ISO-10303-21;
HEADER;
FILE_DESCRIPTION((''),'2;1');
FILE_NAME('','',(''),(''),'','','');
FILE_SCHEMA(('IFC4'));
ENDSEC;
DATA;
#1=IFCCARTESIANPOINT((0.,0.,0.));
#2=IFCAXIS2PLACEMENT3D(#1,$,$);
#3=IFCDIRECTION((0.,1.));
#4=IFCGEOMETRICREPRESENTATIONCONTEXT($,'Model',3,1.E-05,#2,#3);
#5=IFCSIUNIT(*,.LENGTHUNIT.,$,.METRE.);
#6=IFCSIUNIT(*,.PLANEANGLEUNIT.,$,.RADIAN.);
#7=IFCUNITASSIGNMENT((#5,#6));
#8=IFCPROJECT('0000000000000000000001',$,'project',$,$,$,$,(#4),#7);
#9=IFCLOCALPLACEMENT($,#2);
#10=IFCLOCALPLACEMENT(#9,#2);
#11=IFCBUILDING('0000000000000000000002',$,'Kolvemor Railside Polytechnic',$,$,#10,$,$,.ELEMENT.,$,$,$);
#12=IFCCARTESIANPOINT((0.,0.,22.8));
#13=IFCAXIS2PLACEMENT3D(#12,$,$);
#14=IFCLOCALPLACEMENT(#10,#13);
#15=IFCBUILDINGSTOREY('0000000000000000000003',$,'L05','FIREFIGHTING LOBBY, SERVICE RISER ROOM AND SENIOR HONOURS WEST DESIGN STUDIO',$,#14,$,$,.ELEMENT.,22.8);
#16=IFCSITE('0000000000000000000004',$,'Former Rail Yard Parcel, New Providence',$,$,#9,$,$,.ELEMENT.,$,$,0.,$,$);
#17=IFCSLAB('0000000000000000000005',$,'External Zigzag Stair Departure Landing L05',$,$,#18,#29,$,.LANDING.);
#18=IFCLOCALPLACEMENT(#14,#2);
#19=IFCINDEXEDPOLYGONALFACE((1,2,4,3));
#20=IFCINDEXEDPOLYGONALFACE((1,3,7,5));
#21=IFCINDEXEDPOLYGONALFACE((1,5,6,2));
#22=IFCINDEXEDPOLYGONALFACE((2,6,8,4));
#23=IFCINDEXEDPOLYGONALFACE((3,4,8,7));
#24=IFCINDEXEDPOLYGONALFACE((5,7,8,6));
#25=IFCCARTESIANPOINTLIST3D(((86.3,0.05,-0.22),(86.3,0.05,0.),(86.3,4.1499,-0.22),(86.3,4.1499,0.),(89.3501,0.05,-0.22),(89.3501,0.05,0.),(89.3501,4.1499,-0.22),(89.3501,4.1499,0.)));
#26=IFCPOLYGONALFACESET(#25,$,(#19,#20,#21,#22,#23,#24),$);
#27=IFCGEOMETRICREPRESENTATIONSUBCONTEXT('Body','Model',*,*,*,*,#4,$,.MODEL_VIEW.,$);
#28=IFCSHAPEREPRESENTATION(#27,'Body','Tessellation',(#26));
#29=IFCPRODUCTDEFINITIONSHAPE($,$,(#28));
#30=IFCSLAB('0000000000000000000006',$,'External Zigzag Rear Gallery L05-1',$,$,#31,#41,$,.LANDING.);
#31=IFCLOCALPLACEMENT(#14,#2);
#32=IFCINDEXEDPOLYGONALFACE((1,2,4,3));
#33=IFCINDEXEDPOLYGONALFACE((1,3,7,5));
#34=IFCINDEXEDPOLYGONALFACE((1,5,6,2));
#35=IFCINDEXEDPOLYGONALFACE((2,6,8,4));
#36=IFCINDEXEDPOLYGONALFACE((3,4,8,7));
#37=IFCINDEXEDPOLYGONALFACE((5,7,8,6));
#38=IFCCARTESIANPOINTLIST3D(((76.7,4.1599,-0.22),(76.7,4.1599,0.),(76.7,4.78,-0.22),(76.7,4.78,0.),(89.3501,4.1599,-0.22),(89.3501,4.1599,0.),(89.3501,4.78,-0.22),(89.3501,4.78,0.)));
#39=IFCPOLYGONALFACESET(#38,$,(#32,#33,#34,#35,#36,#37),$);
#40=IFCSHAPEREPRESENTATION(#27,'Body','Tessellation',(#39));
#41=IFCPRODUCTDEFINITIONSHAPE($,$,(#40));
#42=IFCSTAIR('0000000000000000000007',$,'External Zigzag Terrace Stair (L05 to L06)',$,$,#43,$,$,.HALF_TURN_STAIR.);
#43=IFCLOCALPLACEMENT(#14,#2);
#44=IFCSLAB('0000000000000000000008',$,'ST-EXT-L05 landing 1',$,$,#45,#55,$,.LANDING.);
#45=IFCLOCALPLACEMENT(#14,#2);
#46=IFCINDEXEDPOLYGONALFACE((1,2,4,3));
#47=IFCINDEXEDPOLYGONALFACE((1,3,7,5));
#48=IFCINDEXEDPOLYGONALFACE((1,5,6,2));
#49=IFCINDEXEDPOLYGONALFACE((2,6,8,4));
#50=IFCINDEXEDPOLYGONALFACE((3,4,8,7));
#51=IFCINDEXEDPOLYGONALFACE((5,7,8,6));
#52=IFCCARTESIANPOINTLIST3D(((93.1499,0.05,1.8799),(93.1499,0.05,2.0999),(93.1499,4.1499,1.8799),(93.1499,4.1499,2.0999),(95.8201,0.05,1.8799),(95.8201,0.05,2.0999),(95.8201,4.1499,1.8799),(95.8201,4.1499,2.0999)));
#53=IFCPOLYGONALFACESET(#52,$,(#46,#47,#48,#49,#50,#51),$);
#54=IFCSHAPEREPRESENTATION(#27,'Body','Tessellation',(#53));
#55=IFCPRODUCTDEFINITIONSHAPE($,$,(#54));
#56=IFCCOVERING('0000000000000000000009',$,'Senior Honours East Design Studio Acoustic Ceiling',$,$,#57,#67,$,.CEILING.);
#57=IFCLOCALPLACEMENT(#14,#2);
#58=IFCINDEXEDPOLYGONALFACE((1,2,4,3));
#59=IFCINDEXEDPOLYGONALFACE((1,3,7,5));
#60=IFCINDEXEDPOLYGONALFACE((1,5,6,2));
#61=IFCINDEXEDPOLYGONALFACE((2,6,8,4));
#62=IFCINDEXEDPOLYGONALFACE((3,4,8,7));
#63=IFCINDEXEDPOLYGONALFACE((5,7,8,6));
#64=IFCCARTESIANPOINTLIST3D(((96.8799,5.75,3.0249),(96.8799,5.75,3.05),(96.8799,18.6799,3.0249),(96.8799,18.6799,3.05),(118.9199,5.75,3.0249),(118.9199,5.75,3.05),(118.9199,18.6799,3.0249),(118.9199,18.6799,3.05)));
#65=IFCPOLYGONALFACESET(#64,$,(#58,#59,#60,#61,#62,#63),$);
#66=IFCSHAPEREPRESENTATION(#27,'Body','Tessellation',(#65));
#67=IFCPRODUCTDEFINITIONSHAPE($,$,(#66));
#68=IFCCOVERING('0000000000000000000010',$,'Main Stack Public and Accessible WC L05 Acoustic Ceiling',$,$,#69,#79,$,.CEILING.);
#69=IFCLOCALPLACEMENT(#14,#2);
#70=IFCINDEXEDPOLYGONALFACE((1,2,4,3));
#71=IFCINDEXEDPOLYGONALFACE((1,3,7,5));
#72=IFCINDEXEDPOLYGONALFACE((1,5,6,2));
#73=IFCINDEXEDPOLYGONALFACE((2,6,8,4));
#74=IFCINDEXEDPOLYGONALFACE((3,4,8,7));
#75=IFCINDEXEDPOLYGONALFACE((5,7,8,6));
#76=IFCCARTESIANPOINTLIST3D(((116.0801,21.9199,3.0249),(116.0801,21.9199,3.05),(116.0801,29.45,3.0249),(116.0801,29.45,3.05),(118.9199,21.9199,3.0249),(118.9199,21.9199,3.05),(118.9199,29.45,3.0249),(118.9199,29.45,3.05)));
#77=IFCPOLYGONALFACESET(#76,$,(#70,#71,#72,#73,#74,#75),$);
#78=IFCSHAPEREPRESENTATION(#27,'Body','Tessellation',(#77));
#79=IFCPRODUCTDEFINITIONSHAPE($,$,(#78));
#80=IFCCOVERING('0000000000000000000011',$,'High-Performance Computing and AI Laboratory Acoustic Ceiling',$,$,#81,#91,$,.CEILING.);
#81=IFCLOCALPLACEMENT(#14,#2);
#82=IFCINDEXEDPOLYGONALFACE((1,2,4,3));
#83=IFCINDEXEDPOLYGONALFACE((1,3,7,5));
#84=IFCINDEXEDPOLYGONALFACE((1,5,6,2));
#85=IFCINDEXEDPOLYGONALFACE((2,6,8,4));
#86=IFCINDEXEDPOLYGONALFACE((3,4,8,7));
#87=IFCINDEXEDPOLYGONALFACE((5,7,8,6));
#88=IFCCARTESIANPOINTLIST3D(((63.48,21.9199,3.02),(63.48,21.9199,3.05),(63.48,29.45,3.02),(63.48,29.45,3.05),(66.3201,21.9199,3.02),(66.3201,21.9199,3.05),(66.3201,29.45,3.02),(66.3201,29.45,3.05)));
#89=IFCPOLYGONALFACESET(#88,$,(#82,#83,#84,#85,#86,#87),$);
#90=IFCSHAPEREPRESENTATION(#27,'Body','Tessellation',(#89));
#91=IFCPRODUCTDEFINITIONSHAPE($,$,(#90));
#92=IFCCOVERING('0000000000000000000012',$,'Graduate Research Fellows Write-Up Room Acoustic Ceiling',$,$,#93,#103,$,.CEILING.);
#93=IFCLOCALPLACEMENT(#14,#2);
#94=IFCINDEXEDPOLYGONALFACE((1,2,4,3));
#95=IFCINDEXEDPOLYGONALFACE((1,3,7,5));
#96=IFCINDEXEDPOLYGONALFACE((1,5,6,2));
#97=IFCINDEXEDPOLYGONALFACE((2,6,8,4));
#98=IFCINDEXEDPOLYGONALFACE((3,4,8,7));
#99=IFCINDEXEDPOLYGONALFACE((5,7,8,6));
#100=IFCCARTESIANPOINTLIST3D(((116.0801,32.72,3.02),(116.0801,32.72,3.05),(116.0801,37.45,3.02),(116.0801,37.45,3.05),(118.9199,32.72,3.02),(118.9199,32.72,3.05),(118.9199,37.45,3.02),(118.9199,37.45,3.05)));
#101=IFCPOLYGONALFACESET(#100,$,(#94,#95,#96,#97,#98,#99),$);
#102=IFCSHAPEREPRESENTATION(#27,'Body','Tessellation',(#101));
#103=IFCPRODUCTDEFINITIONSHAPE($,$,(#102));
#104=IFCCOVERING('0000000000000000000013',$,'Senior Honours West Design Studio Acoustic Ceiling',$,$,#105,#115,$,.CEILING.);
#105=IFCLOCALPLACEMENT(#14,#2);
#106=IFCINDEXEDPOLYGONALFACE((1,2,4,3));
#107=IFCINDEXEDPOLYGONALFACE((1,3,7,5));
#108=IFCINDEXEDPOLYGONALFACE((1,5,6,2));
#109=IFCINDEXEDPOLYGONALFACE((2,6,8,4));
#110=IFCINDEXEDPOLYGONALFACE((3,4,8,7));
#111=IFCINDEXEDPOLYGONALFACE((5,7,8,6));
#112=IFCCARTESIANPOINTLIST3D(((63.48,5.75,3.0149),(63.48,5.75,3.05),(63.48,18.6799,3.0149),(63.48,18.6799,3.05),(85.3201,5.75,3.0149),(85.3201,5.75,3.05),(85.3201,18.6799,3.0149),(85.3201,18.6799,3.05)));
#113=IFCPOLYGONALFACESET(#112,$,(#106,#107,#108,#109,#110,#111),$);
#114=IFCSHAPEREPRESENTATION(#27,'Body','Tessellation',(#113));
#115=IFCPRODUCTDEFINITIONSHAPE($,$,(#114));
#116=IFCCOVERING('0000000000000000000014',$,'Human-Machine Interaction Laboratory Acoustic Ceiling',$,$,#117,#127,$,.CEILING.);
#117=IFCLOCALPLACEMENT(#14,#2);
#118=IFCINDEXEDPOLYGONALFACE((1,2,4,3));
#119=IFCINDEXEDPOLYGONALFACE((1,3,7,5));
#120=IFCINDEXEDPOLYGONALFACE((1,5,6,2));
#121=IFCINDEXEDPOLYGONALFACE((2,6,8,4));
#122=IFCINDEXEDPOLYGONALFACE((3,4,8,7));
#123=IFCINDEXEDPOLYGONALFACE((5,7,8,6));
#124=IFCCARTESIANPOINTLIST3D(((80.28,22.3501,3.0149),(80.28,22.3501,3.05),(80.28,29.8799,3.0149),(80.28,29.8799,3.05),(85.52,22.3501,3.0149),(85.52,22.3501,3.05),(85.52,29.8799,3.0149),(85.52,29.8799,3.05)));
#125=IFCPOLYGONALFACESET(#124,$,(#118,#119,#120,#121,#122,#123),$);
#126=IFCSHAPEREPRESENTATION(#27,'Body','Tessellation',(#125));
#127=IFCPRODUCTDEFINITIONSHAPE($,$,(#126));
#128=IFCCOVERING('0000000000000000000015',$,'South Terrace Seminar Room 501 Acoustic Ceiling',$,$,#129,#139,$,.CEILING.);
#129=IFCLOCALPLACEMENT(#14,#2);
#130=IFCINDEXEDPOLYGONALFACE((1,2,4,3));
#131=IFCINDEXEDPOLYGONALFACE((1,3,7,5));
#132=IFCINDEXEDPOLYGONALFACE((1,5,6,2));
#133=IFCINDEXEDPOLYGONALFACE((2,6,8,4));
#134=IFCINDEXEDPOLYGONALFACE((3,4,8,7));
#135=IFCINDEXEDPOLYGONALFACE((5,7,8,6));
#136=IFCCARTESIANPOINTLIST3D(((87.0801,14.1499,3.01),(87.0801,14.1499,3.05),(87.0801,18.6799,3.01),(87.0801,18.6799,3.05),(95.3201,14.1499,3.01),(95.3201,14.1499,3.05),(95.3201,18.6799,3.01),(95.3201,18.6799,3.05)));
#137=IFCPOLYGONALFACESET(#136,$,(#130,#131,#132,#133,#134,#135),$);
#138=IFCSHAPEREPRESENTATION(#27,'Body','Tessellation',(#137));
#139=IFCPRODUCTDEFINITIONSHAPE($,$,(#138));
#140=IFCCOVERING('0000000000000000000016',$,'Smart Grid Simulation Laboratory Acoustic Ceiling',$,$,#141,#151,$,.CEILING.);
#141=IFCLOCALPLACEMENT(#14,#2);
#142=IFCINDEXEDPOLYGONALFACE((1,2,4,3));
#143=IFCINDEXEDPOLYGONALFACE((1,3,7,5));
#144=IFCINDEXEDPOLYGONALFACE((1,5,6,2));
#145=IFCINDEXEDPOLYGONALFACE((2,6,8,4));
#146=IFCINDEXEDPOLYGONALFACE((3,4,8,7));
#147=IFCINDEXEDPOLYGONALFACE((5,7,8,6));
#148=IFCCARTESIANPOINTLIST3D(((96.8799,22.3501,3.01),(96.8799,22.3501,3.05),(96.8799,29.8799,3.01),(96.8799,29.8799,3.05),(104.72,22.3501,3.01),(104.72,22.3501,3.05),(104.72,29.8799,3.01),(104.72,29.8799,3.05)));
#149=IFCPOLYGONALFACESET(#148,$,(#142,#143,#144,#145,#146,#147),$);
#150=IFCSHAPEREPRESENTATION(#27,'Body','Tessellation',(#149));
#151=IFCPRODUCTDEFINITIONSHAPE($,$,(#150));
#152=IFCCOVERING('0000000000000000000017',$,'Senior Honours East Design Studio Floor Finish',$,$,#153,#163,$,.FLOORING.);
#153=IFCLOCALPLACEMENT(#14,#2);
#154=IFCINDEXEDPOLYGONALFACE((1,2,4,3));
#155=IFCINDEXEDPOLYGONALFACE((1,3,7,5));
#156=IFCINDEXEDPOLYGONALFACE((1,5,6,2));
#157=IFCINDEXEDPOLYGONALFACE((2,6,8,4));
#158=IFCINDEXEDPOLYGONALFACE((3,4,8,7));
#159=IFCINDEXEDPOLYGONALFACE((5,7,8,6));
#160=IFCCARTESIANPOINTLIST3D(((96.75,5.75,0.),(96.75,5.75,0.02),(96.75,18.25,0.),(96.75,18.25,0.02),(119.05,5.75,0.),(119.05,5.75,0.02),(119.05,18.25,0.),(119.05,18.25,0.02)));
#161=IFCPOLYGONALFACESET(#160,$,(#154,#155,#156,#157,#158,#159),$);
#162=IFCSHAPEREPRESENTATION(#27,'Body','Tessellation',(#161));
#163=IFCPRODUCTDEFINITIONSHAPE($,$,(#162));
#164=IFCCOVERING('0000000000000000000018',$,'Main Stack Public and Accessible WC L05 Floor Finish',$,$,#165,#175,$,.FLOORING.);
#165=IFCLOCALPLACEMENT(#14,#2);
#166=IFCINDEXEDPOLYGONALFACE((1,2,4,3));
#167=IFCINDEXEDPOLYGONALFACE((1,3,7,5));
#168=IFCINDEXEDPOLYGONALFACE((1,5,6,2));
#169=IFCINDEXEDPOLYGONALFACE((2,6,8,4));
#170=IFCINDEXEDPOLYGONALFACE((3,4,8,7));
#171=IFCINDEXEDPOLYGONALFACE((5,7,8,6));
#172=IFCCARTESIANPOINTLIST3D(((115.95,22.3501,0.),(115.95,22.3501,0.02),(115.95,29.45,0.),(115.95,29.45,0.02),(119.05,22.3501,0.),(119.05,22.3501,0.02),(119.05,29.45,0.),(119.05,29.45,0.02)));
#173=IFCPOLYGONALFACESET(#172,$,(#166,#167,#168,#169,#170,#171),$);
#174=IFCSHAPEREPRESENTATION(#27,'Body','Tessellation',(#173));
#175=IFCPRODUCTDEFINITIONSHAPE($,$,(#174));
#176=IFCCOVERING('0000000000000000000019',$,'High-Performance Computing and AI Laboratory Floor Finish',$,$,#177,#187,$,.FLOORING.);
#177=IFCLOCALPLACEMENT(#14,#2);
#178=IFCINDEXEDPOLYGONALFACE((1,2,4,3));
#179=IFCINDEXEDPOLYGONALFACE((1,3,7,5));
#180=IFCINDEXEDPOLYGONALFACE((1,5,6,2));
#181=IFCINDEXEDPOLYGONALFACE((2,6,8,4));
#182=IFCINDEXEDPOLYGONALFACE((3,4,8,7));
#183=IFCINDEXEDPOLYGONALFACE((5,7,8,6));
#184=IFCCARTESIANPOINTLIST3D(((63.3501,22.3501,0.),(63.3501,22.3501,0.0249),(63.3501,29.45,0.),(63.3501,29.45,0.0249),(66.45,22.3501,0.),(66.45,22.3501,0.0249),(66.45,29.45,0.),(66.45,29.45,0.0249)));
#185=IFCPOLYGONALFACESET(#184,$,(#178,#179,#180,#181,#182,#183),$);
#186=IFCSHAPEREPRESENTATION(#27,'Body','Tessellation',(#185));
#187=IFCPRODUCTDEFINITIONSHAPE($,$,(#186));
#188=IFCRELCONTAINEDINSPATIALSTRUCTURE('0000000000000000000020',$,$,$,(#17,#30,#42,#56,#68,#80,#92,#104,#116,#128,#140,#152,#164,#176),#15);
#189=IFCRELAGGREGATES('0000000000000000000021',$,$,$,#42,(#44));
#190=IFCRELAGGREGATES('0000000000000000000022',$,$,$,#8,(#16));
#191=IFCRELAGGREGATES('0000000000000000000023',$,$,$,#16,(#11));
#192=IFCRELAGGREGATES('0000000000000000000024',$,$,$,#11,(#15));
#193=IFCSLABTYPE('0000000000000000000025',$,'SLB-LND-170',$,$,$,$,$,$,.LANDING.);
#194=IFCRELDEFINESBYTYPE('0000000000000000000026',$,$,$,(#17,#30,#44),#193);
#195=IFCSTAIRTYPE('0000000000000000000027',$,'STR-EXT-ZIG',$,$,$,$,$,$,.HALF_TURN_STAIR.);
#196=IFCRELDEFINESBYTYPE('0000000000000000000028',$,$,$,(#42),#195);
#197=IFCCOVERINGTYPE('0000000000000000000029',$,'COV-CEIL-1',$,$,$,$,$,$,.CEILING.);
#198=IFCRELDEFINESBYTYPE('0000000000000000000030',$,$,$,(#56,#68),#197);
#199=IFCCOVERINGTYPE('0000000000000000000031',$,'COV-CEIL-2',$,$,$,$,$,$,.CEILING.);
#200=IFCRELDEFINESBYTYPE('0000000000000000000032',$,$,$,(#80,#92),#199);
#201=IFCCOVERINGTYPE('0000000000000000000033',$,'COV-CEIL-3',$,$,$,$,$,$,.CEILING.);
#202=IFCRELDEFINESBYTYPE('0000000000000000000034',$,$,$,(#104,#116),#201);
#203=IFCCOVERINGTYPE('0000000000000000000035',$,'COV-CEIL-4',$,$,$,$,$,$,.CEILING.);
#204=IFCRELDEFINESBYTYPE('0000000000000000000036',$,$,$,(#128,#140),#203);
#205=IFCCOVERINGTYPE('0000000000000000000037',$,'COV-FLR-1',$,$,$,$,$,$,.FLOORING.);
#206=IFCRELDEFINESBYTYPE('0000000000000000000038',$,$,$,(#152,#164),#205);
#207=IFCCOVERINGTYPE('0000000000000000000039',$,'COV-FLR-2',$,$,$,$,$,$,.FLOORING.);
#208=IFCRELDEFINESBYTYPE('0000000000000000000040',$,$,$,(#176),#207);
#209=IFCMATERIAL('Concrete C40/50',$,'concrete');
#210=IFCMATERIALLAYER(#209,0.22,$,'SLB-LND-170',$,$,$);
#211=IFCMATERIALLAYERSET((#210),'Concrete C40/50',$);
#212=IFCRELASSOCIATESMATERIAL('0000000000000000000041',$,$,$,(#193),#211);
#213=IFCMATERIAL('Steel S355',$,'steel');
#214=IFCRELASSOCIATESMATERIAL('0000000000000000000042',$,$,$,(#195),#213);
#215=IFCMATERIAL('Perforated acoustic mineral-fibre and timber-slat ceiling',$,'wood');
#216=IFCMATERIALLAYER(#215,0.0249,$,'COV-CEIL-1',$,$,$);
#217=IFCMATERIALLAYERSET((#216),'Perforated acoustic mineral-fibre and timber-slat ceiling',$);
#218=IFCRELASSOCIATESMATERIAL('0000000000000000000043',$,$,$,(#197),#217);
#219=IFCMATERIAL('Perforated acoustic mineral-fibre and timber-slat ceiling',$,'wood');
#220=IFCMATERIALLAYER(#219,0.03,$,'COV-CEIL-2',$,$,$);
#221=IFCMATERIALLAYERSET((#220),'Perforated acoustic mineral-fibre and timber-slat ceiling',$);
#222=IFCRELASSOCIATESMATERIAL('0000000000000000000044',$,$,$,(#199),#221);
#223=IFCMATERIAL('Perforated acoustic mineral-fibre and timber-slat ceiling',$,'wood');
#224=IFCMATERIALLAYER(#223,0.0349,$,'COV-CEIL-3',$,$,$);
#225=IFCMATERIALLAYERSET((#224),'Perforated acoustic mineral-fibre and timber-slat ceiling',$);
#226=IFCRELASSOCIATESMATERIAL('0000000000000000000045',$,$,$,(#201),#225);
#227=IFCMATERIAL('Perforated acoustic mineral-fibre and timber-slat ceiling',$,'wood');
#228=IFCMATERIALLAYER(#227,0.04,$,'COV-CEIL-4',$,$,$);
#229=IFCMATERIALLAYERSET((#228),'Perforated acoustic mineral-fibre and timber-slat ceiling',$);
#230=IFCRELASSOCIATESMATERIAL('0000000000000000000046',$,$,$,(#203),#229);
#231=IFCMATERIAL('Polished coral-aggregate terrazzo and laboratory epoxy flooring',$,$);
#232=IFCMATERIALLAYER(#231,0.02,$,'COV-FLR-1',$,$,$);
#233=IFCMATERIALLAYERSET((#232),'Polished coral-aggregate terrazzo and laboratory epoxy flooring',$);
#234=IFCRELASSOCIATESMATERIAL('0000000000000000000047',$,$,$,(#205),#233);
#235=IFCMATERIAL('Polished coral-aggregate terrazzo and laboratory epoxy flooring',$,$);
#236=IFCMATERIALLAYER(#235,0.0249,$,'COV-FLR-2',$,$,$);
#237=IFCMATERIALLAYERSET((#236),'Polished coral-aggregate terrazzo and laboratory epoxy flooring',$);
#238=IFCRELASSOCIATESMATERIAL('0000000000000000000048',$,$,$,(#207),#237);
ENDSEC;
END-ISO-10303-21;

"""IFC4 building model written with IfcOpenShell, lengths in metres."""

from ifc_helpers import new_model, si_unit, direction, frame, origin, place, context, subcontext, project, spatial, polyline, outline, extrude, material, layer, layer_set, type_object, element, aggregate, save


model = new_model("IFC4")

# Units and contexts
model_context = context("Model", 3, precision=1e-05, world=origin(), true_north=direction((0.0, 1.0)))
body_context = subcontext(model_context, "Body", "Model", "MODEL_VIEW")
ifc_project = project(units=[si_unit("LENGTHUNIT", "METRE"), si_unit("PLANEANGLEUNIT", "RADIAN")], contexts=[model_context])

# Site, building, storey
site_placement = place(None, origin())
site = spatial("IfcSite", under=ifc_project, at=site_placement, Name="Former Rail Yard Parcel, New Providence", CompositionType="ELEMENT", RefElevation=0.0)
building_placement = place(site_placement, origin())
building = spatial("IfcBuilding", under=site, at=building_placement, Name="Kolvemor Railside Polytechnic", CompositionType="ELEMENT")
storey_placement = place(building_placement, frame((0.0, 0.0, 22.8)))
storey = spatial("IfcBuildingStorey", under=building, at=storey_placement, Name="L05", Description="FIREFIGHTING LOBBY, SERVICE RISER ROOM AND SENIOR HONOURS WEST DESIGN STUDIO", CompositionType="ELEMENT", Elevation=22.8)

# Slabs
ifc_material_1 = material(Name="Concrete C40/50", Category="concrete")
ifc_layer_1 = layer(ifc_material_1, 0.22, Name="SLB-LND-170")
ifc_layer_set_1 = layer_set([ifc_layer_1], Name="Concrete C40/50")
slab_type = type_object("IfcSlabType", Name="SLB-LND-170", PredefinedType="LANDING", material=ifc_layer_set_1)
slab_1_placement = place(storey_placement, frame((0.0, 0.0, -0.22)))
element("IfcSlab", 1, at=slab_1_placement, inside=storey, type_object=slab_type, Name="External Zigzag Stair Departure Landing L05", PredefinedType="LANDING", context=body_context, shape_type="SweptSolid", body=[
    extrude(outline(polyline([(86.3, 0.05), (89.3501, 0.05), (89.3501, 4.1499), (86.3, 4.1499), (86.3, 0.05)])), origin(), (0.0, 0.0, 1.0), 0.22),
])
slab_2_placement = place(storey_placement, frame((0.0, 0.0, -0.22)))
element("IfcSlab", 2, at=slab_2_placement, inside=storey, type_object=slab_type, Name="External Zigzag Rear Gallery L05-1", PredefinedType="LANDING", context=body_context, shape_type="SweptSolid", body=[
    extrude(outline(polyline([(76.7, 4.1599), (89.3501, 4.1599), (89.3501, 4.78), (76.7, 4.78), (76.7, 4.1599)])), origin(), (0.0, 0.0, 1.0), 0.22),
])

# Stair, slab
ifc_material_2 = material(Name="Steel S355", Category="steel")
stair_type = type_object("IfcStairType", Name="STR-EXT-ZIG", PredefinedType="HALF_TURN_STAIR", material=ifc_material_2)
stair_placement = place(storey_placement, origin())
stair = element("IfcStair", 3, at=stair_placement, inside=storey, type_object=stair_type, Name="External Zigzag Terrace Stair (L05 to L06)", PredefinedType="HALF_TURN_STAIR")
slab_3_placement = place(storey_placement, frame((0.0, 0.0, 1.8799)))
slab_3 = element("IfcSlab", 4, at=slab_3_placement, type_object=slab_type, Name="ST-EXT-L05 landing 1", PredefinedType="LANDING", context=body_context, shape_type="SweptSolid", body=[
    extrude(outline(polyline([(93.1499, 0.05), (95.8201, 0.05), (95.8201, 4.1499), (93.1499, 4.1499), (93.1499, 0.05)])), origin(), (0.0, 0.0, 1.0), 0.22),
])
aggregate(stair, [slab_3])

# Coverings
ifc_material_3 = material(Name="Perforated acoustic mineral-fibre and timber-slat ceiling", Category="wood")
ifc_layer_2 = layer(ifc_material_3, 0.0249, Name="COV-CEIL-1")
ifc_layer_set_2 = layer_set([ifc_layer_2], Name="Perforated acoustic mineral-fibre and timber-slat ceiling")
covering_type_1 = type_object("IfcCoveringType", Name="COV-CEIL-1", PredefinedType="CEILING", material=ifc_layer_set_2)
covering_1_placement = place(storey_placement, frame((0.0, 0.0, 3.0249)))
element("IfcCovering", 5, at=covering_1_placement, inside=storey, type_object=covering_type_1, Name="Senior Honours East Design Studio Acoustic Ceiling", PredefinedType="CEILING", context=body_context, shape_type="SweptSolid", body=[
    extrude(outline(polyline([(96.8799, 5.75), (118.9199, 5.75), (118.9199, 18.6799), (96.8799, 18.6799), (96.8799, 5.75)])), origin(), (0.0, 0.0, 1.0), 0.0251),
])
covering_2_placement = place(storey_placement, frame((0.0, 0.0, 3.0249)))
element("IfcCovering", 6, at=covering_2_placement, inside=storey, type_object=covering_type_1, Name="Main Stack Public and Accessible WC L05 Acoustic Ceiling", PredefinedType="CEILING", context=body_context, shape_type="SweptSolid", body=[
    extrude(outline(polyline([(116.0801, 21.9199), (118.9199, 21.9199), (118.9199, 29.45), (116.0801, 29.45), (116.0801, 21.9199)])), origin(), (0.0, 0.0, 1.0), 0.0251),
])
ifc_material_4 = material(Name="Perforated acoustic mineral-fibre and timber-slat ceiling", Category="wood")
ifc_layer_3 = layer(ifc_material_4, 0.03, Name="COV-CEIL-2")
ifc_layer_set_3 = layer_set([ifc_layer_3], Name="Perforated acoustic mineral-fibre and timber-slat ceiling")
covering_type_2 = type_object("IfcCoveringType", Name="COV-CEIL-2", PredefinedType="CEILING", material=ifc_layer_set_3)
covering_3_placement = place(storey_placement, frame((0.0, 0.0, 3.02)))
element("IfcCovering", 7, at=covering_3_placement, inside=storey, type_object=covering_type_2, Name="High-Performance Computing and AI Laboratory Acoustic Ceiling", PredefinedType="CEILING", context=body_context, shape_type="SweptSolid", body=[
    extrude(outline(polyline([(63.48, 21.9199), (66.3201, 21.9199), (66.3201, 29.45), (63.48, 29.45), (63.48, 21.9199)])), origin(), (0.0, 0.0, 1.0), 0.03),
])
covering_4_placement = place(storey_placement, frame((0.0, 0.0, 3.02)))
element("IfcCovering", 8, at=covering_4_placement, inside=storey, type_object=covering_type_2, Name="Graduate Research Fellows Write-Up Room Acoustic Ceiling", PredefinedType="CEILING", context=body_context, shape_type="SweptSolid", body=[
    extrude(outline(polyline([(116.0801, 32.72), (118.9199, 32.72), (118.9199, 37.45), (116.0801, 37.45), (116.0801, 32.72)])), origin(), (0.0, 0.0, 1.0), 0.03),
])
ifc_material_5 = material(Name="Perforated acoustic mineral-fibre and timber-slat ceiling", Category="wood")
ifc_layer_4 = layer(ifc_material_5, 0.0349, Name="COV-CEIL-3")
ifc_layer_set_4 = layer_set([ifc_layer_4], Name="Perforated acoustic mineral-fibre and timber-slat ceiling")
covering_type_3 = type_object("IfcCoveringType", Name="COV-CEIL-3", PredefinedType="CEILING", material=ifc_layer_set_4)
covering_5_placement = place(storey_placement, frame((0.0, 0.0, 3.0149)))
element("IfcCovering", 9, at=covering_5_placement, inside=storey, type_object=covering_type_3, Name="Senior Honours West Design Studio Acoustic Ceiling", PredefinedType="CEILING", context=body_context, shape_type="SweptSolid", body=[
    extrude(outline(polyline([(63.48, 5.75), (85.3201, 5.75), (85.3201, 18.6799), (63.48, 18.6799), (63.48, 5.75)])), origin(), (0.0, 0.0, 1.0), 0.0352),
])
covering_6_placement = place(storey_placement, frame((0.0, 0.0, 3.0149)))
element("IfcCovering", 10, at=covering_6_placement, inside=storey, type_object=covering_type_3, Name="Human-Machine Interaction Laboratory Acoustic Ceiling", PredefinedType="CEILING", context=body_context, shape_type="SweptSolid", body=[
    extrude(outline(polyline([(80.28, 22.3501), (85.52, 22.3501), (85.52, 29.8799), (80.28, 29.8799), (80.28, 22.3501)])), origin(), (0.0, 0.0, 1.0), 0.0352),
])
ifc_material_6 = material(Name="Perforated acoustic mineral-fibre and timber-slat ceiling", Category="wood")
ifc_layer_5 = layer(ifc_material_6, 0.04, Name="COV-CEIL-4")
ifc_layer_set_5 = layer_set([ifc_layer_5], Name="Perforated acoustic mineral-fibre and timber-slat ceiling")
covering_type_4 = type_object("IfcCoveringType", Name="COV-CEIL-4", PredefinedType="CEILING", material=ifc_layer_set_5)
covering_7_placement = place(storey_placement, frame((0.0, 0.0, 3.01)))
element("IfcCovering", 11, at=covering_7_placement, inside=storey, type_object=covering_type_4, Name="South Terrace Seminar Room 501 Acoustic Ceiling", PredefinedType="CEILING", context=body_context, shape_type="SweptSolid", body=[
    extrude(outline(polyline([(87.0801, 14.1499), (95.3201, 14.1499), (95.3201, 18.6799), (87.0801, 18.6799), (87.0801, 14.1499)])), origin(), (0.0, 0.0, 1.0), 0.04),
])
covering_8_placement = place(storey_placement, frame((0.0, 0.0, 3.01)))
element("IfcCovering", 12, at=covering_8_placement, inside=storey, type_object=covering_type_4, Name="Smart Grid Simulation Laboratory Acoustic Ceiling", PredefinedType="CEILING", context=body_context, shape_type="SweptSolid", body=[
    extrude(outline(polyline([(96.8799, 22.3501), (104.72, 22.3501), (104.72, 29.8799), (96.8799, 29.8799), (96.8799, 22.3501)])), origin(), (0.0, 0.0, 1.0), 0.04),
])
ifc_material_7 = material(Name="Polished coral-aggregate terrazzo and laboratory epoxy flooring")
ifc_layer_6 = layer(ifc_material_7, 0.02, Name="COV-FLR-1")
ifc_layer_set_6 = layer_set([ifc_layer_6], Name="Polished coral-aggregate terrazzo and laboratory epoxy flooring")
covering_type_5 = type_object("IfcCoveringType", Name="COV-FLR-1", PredefinedType="FLOORING", material=ifc_layer_set_6)
covering_9_placement = place(storey_placement, origin())
element("IfcCovering", 13, at=covering_9_placement, inside=storey, type_object=covering_type_5, Name="Senior Honours East Design Studio Floor Finish", PredefinedType="FLOORING", context=body_context, shape_type="SweptSolid", body=[
    extrude(outline(polyline([(96.75, 5.75), (119.05, 5.75), (119.05, 18.25), (96.75, 18.25), (96.75, 5.75)])), origin(), (0.0, 0.0, 1.0), 0.02),
])
covering_10_placement = place(storey_placement, origin())
element("IfcCovering", 14, at=covering_10_placement, inside=storey, type_object=covering_type_5, Name="Main Stack Public and Accessible WC L05 Floor Finish", PredefinedType="FLOORING", context=body_context, shape_type="SweptSolid", body=[
    extrude(outline(polyline([(115.95, 22.3501), (119.05, 22.3501), (119.05, 29.45), (115.95, 29.45), (115.95, 22.3501)])), origin(), (0.0, 0.0, 1.0), 0.02),
])
ifc_material_8 = material(Name="Polished coral-aggregate terrazzo and laboratory epoxy flooring")
ifc_layer_7 = layer(ifc_material_8, 0.0249, Name="COV-FLR-2")
ifc_layer_set_7 = layer_set([ifc_layer_7], Name="Polished coral-aggregate terrazzo and laboratory epoxy flooring")
covering_type_6 = type_object("IfcCoveringType", Name="COV-FLR-2", PredefinedType="FLOORING", material=ifc_layer_set_7)
covering_11_placement = place(storey_placement, origin())
element("IfcCovering", 15, at=covering_11_placement, inside=storey, type_object=covering_type_6, Name="High-Performance Computing and AI Laboratory Floor Finish", PredefinedType="FLOORING", context=body_context, shape_type="SweptSolid", body=[
    extrude(outline(polyline([(63.3501, 22.3501), (66.45, 22.3501), (66.45, 29.45), (63.3501, 29.45), (63.3501, 22.3501)])), origin(), (0.0, 0.0, 1.0), 0.0249),
])

save(model, "model.ifc")
